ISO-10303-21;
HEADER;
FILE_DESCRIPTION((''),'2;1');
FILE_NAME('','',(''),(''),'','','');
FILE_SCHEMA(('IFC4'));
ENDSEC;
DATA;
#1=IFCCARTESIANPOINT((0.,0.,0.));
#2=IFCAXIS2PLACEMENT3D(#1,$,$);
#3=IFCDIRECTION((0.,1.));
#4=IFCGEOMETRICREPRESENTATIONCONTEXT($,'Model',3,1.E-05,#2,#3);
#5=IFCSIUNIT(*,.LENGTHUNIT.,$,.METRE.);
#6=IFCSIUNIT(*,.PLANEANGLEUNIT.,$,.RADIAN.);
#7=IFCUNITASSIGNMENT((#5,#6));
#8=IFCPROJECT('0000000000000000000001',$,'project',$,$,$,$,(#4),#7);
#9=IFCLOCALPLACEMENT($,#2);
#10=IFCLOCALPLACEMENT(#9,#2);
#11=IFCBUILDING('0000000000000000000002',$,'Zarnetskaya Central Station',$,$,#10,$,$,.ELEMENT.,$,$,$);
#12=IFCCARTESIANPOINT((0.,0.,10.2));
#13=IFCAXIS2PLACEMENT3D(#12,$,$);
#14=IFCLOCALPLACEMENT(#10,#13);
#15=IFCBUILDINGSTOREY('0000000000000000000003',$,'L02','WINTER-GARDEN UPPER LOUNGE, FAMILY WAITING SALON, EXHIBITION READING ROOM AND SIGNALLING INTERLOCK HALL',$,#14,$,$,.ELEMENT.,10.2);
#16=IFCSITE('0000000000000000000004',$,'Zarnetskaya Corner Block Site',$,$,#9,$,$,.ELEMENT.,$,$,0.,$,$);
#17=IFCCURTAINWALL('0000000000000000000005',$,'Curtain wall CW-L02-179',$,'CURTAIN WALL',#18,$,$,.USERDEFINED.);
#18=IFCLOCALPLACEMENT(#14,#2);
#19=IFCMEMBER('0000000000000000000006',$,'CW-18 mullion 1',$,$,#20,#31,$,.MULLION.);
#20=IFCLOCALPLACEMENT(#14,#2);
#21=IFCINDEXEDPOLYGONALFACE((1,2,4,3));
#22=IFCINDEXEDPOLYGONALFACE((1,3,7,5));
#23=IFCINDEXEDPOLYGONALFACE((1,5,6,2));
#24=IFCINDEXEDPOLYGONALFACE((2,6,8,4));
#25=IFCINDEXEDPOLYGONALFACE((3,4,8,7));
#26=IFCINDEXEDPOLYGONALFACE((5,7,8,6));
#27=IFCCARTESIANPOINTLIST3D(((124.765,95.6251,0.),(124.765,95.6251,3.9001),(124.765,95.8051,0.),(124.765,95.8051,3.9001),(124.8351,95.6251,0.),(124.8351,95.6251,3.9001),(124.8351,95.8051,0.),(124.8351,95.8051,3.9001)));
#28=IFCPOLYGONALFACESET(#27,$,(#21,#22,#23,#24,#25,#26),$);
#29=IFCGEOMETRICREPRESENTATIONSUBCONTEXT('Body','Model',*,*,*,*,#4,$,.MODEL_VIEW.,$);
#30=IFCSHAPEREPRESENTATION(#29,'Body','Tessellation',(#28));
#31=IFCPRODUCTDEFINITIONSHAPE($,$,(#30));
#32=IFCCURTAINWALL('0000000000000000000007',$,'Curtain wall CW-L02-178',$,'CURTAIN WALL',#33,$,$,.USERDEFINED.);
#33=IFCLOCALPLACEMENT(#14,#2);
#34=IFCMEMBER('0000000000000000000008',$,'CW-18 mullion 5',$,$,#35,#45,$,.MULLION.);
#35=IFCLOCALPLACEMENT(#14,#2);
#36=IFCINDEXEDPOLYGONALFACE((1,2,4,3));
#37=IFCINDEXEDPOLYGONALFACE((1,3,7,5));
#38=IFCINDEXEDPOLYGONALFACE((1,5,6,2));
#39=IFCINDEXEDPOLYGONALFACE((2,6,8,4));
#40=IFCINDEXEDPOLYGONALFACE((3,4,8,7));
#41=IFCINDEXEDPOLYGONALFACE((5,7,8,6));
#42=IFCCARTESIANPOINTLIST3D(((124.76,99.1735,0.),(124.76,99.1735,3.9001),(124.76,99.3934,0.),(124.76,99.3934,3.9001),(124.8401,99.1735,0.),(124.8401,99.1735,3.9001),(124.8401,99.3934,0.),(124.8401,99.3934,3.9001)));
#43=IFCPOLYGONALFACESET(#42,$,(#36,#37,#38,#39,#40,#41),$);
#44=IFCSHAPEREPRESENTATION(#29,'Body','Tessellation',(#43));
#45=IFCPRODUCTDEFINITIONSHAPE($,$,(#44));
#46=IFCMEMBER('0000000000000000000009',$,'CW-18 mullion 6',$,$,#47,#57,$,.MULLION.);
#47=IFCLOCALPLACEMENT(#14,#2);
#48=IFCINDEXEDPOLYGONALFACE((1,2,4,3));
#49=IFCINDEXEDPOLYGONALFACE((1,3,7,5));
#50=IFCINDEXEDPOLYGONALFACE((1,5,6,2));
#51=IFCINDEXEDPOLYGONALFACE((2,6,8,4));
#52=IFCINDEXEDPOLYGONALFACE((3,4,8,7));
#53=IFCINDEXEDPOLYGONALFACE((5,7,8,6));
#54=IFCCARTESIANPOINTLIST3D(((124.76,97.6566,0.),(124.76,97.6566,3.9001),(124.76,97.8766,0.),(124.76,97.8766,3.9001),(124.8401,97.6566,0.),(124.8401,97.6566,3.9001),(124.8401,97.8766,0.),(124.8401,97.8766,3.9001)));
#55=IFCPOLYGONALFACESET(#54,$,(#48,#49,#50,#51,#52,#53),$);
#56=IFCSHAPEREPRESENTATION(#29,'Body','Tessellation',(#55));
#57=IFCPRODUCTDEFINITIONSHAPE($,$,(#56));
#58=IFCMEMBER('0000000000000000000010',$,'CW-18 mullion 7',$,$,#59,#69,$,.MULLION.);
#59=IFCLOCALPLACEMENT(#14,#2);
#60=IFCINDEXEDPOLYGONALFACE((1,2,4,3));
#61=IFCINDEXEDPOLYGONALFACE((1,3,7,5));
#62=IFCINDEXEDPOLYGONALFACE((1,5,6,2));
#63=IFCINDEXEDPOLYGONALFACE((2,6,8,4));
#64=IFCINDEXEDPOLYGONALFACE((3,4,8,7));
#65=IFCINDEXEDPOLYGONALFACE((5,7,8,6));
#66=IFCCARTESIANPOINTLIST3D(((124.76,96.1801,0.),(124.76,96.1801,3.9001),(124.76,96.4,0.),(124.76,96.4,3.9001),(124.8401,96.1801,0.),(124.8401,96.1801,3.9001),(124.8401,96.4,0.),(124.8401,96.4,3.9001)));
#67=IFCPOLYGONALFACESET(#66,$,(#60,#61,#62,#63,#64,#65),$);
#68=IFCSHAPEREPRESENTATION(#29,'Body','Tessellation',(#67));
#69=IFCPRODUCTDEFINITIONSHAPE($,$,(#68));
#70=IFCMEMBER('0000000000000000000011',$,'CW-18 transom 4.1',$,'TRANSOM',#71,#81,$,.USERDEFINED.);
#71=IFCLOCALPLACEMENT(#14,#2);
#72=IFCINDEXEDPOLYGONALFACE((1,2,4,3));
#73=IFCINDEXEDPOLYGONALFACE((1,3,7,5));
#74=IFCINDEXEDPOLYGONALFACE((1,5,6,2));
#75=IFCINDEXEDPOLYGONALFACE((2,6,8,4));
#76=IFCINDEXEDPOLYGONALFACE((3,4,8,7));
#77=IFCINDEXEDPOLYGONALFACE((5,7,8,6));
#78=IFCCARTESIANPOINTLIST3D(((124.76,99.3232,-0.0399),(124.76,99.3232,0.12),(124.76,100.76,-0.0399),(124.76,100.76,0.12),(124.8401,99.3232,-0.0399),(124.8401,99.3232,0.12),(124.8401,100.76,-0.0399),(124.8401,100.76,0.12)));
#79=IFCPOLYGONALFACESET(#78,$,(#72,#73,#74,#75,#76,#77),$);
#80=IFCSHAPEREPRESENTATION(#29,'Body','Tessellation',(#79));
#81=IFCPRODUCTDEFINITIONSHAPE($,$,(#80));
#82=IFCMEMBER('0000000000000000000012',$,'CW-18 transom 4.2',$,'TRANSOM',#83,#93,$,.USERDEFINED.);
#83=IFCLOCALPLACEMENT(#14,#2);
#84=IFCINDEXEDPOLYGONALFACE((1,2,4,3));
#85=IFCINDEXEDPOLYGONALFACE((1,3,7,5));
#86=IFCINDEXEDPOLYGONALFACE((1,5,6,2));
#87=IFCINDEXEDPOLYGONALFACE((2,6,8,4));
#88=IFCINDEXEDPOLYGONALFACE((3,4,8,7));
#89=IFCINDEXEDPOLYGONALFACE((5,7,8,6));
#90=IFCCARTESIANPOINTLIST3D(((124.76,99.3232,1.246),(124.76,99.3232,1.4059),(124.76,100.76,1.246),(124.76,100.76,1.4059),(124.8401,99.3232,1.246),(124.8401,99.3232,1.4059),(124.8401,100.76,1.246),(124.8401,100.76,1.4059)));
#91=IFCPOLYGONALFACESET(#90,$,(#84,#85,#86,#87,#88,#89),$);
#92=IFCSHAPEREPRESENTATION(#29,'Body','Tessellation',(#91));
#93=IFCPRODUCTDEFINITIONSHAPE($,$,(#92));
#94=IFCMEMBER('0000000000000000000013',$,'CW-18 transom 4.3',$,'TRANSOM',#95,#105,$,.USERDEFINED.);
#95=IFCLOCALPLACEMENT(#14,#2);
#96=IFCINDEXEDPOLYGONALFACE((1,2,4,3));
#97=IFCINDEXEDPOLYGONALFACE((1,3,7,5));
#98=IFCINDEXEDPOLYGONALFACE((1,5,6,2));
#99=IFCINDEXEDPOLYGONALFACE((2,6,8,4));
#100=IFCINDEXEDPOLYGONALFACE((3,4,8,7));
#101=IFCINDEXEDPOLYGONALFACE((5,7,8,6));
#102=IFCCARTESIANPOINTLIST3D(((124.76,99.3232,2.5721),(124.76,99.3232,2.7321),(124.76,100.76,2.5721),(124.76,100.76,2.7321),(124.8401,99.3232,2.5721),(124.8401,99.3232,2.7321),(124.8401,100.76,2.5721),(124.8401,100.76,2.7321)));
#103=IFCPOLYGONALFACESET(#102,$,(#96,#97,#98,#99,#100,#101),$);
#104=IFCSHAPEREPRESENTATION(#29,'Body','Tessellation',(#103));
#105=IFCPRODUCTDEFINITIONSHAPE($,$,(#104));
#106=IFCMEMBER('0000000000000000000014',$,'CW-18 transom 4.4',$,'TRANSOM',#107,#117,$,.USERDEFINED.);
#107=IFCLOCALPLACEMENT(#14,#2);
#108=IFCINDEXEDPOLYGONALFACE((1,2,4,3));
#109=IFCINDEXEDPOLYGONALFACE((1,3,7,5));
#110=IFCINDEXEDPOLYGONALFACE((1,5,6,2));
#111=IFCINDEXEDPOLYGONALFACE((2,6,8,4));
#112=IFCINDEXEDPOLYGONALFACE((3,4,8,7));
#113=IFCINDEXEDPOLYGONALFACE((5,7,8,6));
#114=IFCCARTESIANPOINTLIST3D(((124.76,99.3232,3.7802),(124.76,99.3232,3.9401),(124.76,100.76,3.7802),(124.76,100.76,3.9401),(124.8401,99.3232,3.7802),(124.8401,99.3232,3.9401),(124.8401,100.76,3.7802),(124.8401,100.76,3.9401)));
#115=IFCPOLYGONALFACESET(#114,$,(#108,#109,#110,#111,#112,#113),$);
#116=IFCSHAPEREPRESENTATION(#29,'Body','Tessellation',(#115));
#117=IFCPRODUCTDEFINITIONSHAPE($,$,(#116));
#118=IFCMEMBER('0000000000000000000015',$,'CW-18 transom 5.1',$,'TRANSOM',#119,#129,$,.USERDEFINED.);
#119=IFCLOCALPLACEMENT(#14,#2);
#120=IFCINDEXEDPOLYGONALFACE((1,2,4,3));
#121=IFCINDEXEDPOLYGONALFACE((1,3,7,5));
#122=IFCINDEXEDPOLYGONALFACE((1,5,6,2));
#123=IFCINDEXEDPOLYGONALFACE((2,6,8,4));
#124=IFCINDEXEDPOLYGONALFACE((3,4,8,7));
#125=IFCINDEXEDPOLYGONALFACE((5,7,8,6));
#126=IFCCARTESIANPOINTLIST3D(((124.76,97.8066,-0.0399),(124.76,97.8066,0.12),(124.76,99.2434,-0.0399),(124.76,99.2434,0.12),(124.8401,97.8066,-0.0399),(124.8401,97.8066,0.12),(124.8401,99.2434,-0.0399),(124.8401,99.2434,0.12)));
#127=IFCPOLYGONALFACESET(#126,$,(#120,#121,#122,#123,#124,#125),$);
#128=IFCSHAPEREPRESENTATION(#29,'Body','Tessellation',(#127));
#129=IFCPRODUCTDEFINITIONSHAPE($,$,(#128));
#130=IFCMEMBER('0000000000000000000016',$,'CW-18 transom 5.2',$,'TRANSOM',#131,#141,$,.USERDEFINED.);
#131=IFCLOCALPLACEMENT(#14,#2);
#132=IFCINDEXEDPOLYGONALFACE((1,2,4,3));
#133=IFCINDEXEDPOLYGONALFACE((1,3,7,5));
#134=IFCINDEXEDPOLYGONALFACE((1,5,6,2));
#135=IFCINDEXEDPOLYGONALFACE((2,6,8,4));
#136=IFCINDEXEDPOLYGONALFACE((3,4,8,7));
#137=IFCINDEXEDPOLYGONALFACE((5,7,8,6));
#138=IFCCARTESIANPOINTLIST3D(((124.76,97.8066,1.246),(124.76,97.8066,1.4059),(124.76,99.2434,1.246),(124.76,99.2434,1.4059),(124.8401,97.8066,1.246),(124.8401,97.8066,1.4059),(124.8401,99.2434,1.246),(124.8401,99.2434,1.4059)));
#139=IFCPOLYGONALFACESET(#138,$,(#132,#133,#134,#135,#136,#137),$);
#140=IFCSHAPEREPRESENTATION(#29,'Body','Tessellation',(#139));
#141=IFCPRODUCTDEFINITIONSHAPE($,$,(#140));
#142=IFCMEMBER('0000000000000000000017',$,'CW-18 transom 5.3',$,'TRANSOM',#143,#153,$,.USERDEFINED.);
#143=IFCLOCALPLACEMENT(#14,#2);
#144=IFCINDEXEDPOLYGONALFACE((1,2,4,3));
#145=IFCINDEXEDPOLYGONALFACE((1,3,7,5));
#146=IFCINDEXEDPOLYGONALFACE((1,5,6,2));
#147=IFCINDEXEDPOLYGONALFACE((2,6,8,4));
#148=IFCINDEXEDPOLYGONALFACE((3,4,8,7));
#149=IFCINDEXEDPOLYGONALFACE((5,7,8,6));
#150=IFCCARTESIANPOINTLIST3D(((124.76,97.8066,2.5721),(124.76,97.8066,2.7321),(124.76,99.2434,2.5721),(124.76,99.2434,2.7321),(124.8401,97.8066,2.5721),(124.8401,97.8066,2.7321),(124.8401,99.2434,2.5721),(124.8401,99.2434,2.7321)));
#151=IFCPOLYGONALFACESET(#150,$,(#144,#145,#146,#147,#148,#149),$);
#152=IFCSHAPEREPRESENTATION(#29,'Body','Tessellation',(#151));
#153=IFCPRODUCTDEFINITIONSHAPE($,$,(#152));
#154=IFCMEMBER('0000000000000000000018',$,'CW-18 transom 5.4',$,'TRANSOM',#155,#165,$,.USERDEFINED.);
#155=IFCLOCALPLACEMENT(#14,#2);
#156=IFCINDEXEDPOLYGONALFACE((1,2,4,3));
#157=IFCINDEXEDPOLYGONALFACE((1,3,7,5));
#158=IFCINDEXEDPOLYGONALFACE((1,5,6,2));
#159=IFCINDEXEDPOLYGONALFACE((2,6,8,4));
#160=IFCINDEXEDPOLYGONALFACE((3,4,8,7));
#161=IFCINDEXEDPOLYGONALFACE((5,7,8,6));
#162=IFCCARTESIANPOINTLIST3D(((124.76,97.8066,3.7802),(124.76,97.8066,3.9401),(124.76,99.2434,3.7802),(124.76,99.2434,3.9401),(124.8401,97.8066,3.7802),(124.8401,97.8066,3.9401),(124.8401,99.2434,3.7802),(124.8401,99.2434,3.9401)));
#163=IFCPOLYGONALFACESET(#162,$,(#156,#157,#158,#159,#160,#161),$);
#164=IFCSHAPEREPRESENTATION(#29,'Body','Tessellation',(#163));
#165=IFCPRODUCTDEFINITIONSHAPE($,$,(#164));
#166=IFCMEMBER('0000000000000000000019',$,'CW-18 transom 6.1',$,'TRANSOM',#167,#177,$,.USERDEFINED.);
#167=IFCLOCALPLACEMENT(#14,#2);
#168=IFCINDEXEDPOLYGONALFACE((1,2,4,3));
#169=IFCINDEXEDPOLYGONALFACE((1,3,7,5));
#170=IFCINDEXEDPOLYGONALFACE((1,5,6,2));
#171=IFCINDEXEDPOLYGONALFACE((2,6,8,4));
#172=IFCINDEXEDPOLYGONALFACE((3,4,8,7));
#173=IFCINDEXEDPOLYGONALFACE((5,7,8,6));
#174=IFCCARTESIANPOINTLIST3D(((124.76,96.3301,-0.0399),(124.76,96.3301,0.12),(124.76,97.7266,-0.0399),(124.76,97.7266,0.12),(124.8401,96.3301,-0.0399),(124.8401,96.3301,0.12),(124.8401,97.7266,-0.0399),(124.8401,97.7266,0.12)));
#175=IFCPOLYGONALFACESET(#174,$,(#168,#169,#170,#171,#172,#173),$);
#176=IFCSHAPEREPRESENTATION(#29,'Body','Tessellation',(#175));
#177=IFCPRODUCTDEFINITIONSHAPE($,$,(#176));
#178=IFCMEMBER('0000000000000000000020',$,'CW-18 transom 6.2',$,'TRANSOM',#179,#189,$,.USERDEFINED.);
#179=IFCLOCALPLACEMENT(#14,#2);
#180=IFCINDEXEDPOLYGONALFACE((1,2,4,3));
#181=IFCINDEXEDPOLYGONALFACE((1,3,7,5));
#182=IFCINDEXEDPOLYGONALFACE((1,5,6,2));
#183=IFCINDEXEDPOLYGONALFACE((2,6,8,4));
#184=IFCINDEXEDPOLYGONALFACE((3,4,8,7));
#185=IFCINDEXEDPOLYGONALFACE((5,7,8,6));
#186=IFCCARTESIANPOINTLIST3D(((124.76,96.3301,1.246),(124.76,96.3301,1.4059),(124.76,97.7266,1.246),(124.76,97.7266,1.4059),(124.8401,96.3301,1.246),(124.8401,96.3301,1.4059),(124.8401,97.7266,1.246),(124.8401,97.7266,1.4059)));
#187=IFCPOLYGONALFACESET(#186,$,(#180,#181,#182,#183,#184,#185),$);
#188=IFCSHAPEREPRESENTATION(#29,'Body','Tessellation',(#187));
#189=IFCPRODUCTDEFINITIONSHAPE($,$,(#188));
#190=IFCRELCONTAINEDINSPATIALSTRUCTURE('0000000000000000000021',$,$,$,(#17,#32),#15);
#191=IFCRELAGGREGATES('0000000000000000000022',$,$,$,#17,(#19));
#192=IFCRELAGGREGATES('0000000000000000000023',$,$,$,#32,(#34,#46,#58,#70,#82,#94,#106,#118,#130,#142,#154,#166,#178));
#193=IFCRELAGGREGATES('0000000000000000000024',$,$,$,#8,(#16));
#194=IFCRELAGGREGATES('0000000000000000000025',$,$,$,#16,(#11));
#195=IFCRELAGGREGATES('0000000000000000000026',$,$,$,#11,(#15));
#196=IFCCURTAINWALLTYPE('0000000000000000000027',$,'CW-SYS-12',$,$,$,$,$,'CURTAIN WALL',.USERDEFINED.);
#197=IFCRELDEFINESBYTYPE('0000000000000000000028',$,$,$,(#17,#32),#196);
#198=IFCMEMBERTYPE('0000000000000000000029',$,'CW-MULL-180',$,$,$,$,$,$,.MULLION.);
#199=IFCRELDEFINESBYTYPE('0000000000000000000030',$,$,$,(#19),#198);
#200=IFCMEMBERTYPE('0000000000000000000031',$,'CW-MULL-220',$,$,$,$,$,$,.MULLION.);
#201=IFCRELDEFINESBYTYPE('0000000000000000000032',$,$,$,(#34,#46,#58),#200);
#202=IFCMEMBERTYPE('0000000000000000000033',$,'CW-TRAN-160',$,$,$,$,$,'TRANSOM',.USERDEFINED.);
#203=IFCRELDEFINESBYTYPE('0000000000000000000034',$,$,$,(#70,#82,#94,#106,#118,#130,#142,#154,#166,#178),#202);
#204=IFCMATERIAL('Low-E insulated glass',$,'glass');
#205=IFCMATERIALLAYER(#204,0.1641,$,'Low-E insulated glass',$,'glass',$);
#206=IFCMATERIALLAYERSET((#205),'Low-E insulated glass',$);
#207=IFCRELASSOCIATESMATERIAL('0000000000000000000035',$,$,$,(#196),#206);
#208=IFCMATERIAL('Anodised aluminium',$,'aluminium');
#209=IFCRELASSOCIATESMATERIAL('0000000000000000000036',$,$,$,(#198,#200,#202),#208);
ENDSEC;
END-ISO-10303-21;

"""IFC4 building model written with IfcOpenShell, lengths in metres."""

from ifc_helpers import new_model, si_unit, direction, frame, origin, origin_2d, place, context, subcontext, project, spatial, rectangle, extrude, material, layer, layer_set, material_profile, profile_set, type_object, element, aggregate, save


model = new_model("IFC4")

# Units and contexts
model_context = context("Model", 3, precision=1e-05, world=origin(), true_north=direction((0.0, 1.0)))
body_context = subcontext(model_context, "Body", "Model", "MODEL_VIEW")
ifc_project = project(units=[si_unit("LENGTHUNIT", "METRE"), si_unit("PLANEANGLEUNIT", "RADIAN")], contexts=[model_context])

# Site, building, storey
site_placement = place(None, origin())
site = spatial("IfcSite", under=ifc_project, at=site_placement, Name="Zarnetskaya Corner Block Site", CompositionType="ELEMENT", RefElevation=0.0)
building_placement = place(site_placement, origin())
building = spatial("IfcBuilding", under=site, at=building_placement, Name="Zarnetskaya Central Station", CompositionType="ELEMENT")
storey_placement = place(building_placement, frame((0.0, 0.0, 10.2)))
storey = spatial("IfcBuildingStorey", under=building, at=storey_placement, Name="L02", Description="WINTER-GARDEN UPPER LOUNGE, FAMILY WAITING SALON, EXHIBITION READING ROOM AND SIGNALLING INTERLOCK HALL", CompositionType="ELEMENT", Elevation=10.2)

# Curtain wall, member
ifc_material_1 = material(Name="Low-E insulated glass", Category="glass")
ifc_layer_1 = layer(ifc_material_1, 0.1641, Name="Low-E insulated glass", Category="glass")
ifc_layer_set_1 = layer_set([ifc_layer_1], Name="Low-E insulated glass")
curtain_wall_type = type_object("IfcCurtainWallType", Name="CW-SYS-12", ElementType="CURTAIN WALL", PredefinedType="USERDEFINED", material=ifc_layer_set_1)
curtain_wall_1_placement = place(storey_placement, origin())
curtain_wall_1 = element("IfcCurtainWall", 1, at=curtain_wall_1_placement, inside=storey, type_object=curtain_wall_type, Name="Curtain wall CW-L02-179", ObjectType="CURTAIN WALL", PredefinedType="USERDEFINED")
ifc_material_2 = material(Name="Anodised aluminium", Category="aluminium")
ifc_material_profile_1 = material_profile(ifc_material_2, rectangle(XDim=0.0701, YDim=0.1799, at=origin_2d()), Name="ALU MULL 70x180")
ifc_profile_set_1 = profile_set([ifc_material_profile_1], Name="Anodised aluminium")
member_type_1 = type_object("IfcMemberType", Name="CW-MULL-180", PredefinedType="MULLION", material=ifc_profile_set_1)
member_1_placement = place(storey_placement, frame((124.8, 95.7151, 0.0), z_axis=(0.0, 0.0, 1.0), x_axis=(1.0, 0.0, 0.0)))
member_1 = element("IfcMember", 2, at=member_1_placement, type_object=member_type_1, Name="CW-18 mullion 1", PredefinedType="MULLION", context=body_context, shape_type="SweptSolid", body=[
    extrude(rectangle(XDim=0.0701, YDim=0.1799, at=origin_2d()), origin(), (0.0, 0.0, 1.0), 3.9001),
])
aggregate(curtain_wall_1, [member_1])

# Curtain wall, members
curtain_wall_2_placement = place(storey_placement, origin())
curtain_wall_2 = element("IfcCurtainWall", 3, at=curtain_wall_2_placement, inside=storey, type_object=curtain_wall_type, Name="Curtain wall CW-L02-178", ObjectType="CURTAIN WALL", PredefinedType="USERDEFINED")
ifc_material_profile_2 = material_profile(ifc_material_2, rectangle(XDim=0.0801, YDim=0.22, at=origin_2d()), Name="ALU MULL 80x220")
ifc_profile_set_2 = profile_set([ifc_material_profile_2], Name="Anodised aluminium")
member_type_2 = type_object("IfcMemberType", Name="CW-MULL-220", PredefinedType="MULLION", material=ifc_profile_set_2)
member_2_placement = place(storey_placement, frame((124.8, 99.2834, 0.0), z_axis=(0.0, 0.0, 1.0), x_axis=(1.0, 0.0, 0.0)))
member_2 = element("IfcMember", 4, at=member_2_placement, type_object=member_type_2, Name="CW-18 mullion 5", PredefinedType="MULLION", context=body_context, shape_type="SweptSolid", body=[
    extrude(rectangle(XDim=0.0801, YDim=0.22, at=origin_2d()), origin(), (0.0, 0.0, 1.0), 3.9001),
])
member_3_placement = place(storey_placement, frame((124.8, 97.7666, 0.0), z_axis=(0.0, 0.0, 1.0), x_axis=(1.0, 0.0, 0.0)))
member_3 = element("IfcMember", 5, at=member_3_placement, type_object=member_type_2, Name="CW-18 mullion 6", PredefinedType="MULLION", context=body_context, shape_type="SweptSolid", body=[
    extrude(rectangle(XDim=0.0801, YDim=0.22, at=origin_2d()), origin(), (0.0, 0.0, 1.0), 3.9001),
])
member_4_placement = place(storey_placement, frame((124.8, 96.29, 0.0), z_axis=(0.0, 0.0, 1.0), x_axis=(1.0, 0.0, 0.0)))
member_4 = element("IfcMember", 6, at=member_4_placement, type_object=member_type_2, Name="CW-18 mullion 7", PredefinedType="MULLION", context=body_context, shape_type="SweptSolid", body=[
    extrude(rectangle(XDim=0.0801, YDim=0.22, at=origin_2d()), origin(), (0.0, 0.0, 1.0), 3.9001),
])
ifc_material_profile_3 = material_profile(ifc_material_2, rectangle(XDim=0.0801, YDim=0.1599, at=origin_2d()), Name="ALU TRAN 80x160")
ifc_profile_set_3 = profile_set([ifc_material_profile_3], Name="Anodised aluminium")
member_type_3 = type_object("IfcMemberType", Name="CW-TRAN-160", ElementType="TRANSOM", PredefinedType="USERDEFINED", material=ifc_profile_set_3)
member_5_placement = place(storey_placement, frame((124.8, 100.76, 0.04), z_axis=(0.0, -1.0, 0.0), x_axis=(1.0, 0.0, 0.0)))
member_5 = element("IfcMember", 7, at=member_5_placement, type_object=member_type_3, Name="CW-18 transom 4.1", ObjectType="TRANSOM", PredefinedType="USERDEFINED", context=body_context, shape_type="SweptSolid", body=[
    extrude(rectangle(XDim=0.0801, YDim=0.1599, at=origin_2d()), origin(), (0.0, 0.0, 1.0), 1.4368),
])
member_6_placement = place(storey_placement, frame((124.8, 100.76, 1.3259), z_axis=(0.0, -1.0, 0.0), x_axis=(1.0, 0.0, 0.0)))
member_6 = element("IfcMember", 8, at=member_6_placement, type_object=member_type_3, Name="CW-18 transom 4.2", ObjectType="TRANSOM", PredefinedType="USERDEFINED", context=body_context, shape_type="SweptSolid", body=[
    extrude(rectangle(XDim=0.0801, YDim=0.1599, at=origin_2d()), origin(), (0.0, 0.0, 1.0), 1.4368),
])
member_7_placement = place(storey_placement, frame((124.8, 100.76, 2.6521), z_axis=(0.0, -1.0, 0.0), x_axis=(1.0, 0.0, 0.0)))
member_7 = element("IfcMember", 9, at=member_7_placement, type_object=member_type_3, Name="CW-18 transom 4.3", ObjectType="TRANSOM", PredefinedType="USERDEFINED", context=body_context, shape_type="SweptSolid", body=[
    extrude(rectangle(XDim=0.0801, YDim=0.1599, at=origin_2d()), origin(), (0.0, 0.0, 1.0), 1.4368),
])
member_8_placement = place(storey_placement, frame((124.8, 100.76, 3.8601), z_axis=(0.0, -1.0, 0.0), x_axis=(1.0, 0.0, 0.0)))
member_8 = element("IfcMember", 10, at=member_8_placement, type_object=member_type_3, Name="CW-18 transom 4.4", ObjectType="TRANSOM", PredefinedType="USERDEFINED", context=body_context, shape_type="SweptSolid", body=[
    extrude(rectangle(XDim=0.0801, YDim=0.1599, at=origin_2d()), origin(), (0.0, 0.0, 1.0), 1.4368),
])
member_9_placement = place(storey_placement, frame((124.8, 99.2434, 0.04), z_axis=(0.0, -1.0, 0.0), x_axis=(1.0, 0.0, 0.0)))
member_9 = element("IfcMember", 11, at=member_9_placement, type_object=member_type_3, Name="CW-18 transom 5.1", ObjectType="TRANSOM", PredefinedType="USERDEFINED", context=body_context, shape_type="SweptSolid", body=[
    extrude(rectangle(XDim=0.0801, YDim=0.1599, at=origin_2d()), origin(), (0.0, 0.0, 1.0), 1.4368),
])
member_10_placement = place(storey_placement, frame((124.8, 99.2434, 1.3259), z_axis=(0.0, -1.0, 0.0), x_axis=(1.0, 0.0, 0.0)))
member_10 = element("IfcMember", 12, at=member_10_placement, type_object=member_type_3, Name="CW-18 transom 5.2", ObjectType="TRANSOM", PredefinedType="USERDEFINED", context=body_context, shape_type="SweptSolid", body=[
    extrude(rectangle(XDim=0.0801, YDim=0.1599, at=origin_2d()), origin(), (0.0, 0.0, 1.0), 1.4368),
])
member_11_placement = place(storey_placement, frame((124.8, 99.2434, 2.6521), z_axis=(0.0, -1.0, 0.0), x_axis=(1.0, 0.0, 0.0)))
member_11 = element("IfcMember", 13, at=member_11_placement, type_object=member_type_3, Name="CW-18 transom 5.3", ObjectType="TRANSOM", PredefinedType="USERDEFINED", context=body_context, shape_type="SweptSolid", body=[
    extrude(rectangle(XDim=0.0801, YDim=0.1599, at=origin_2d()), origin(), (0.0, 0.0, 1.0), 1.4368),
])
member_12_placement = place(storey_placement, frame((124.8, 99.2434, 3.8601), z_axis=(0.0, -1.0, 0.0), x_axis=(1.0, 0.0, 0.0)))
member_12 = element("IfcMember", 14, at=member_12_placement, type_object=member_type_3, Name="CW-18 transom 5.4", ObjectType="TRANSOM", PredefinedType="USERDEFINED", context=body_context, shape_type="SweptSolid", body=[
    extrude(rectangle(XDim=0.0801, YDim=0.1599, at=origin_2d()), origin(), (0.0, 0.0, 1.0), 1.4368),
])
member_13_placement = place(storey_placement, frame((124.8, 97.7266, 0.04), z_axis=(0.0, -1.0, 0.0), x_axis=(1.0, 0.0, 0.0)))
member_13 = element("IfcMember", 15, at=member_13_placement, type_object=member_type_3, Name="CW-18 transom 6.1", ObjectType="TRANSOM", PredefinedType="USERDEFINED", context=body_context, shape_type="SweptSolid", body=[
    extrude(rectangle(XDim=0.0801, YDim=0.1599, at=origin_2d()), origin(), (0.0, 0.0, 1.0), 1.3965),
])
member_14_placement = place(storey_placement, frame((124.8, 97.7266, 1.3259), z_axis=(0.0, -1.0, 0.0), x_axis=(1.0, 0.0, 0.0)))
member_14 = element("IfcMember", 16, at=member_14_placement, type_object=member_type_3, Name="CW-18 transom 6.2", ObjectType="TRANSOM", PredefinedType="USERDEFINED", context=body_context, shape_type="SweptSolid", body=[
    extrude(rectangle(XDim=0.0801, YDim=0.1599, at=origin_2d()), origin(), (0.0, 0.0, 1.0), 1.3965),
])
aggregate(curtain_wall_2, [member_2, member_3, member_4, member_5, member_6, member_7, member_8, member_9, member_10, member_11, member_12, member_13, member_14])

save(model, "model.ifc")
